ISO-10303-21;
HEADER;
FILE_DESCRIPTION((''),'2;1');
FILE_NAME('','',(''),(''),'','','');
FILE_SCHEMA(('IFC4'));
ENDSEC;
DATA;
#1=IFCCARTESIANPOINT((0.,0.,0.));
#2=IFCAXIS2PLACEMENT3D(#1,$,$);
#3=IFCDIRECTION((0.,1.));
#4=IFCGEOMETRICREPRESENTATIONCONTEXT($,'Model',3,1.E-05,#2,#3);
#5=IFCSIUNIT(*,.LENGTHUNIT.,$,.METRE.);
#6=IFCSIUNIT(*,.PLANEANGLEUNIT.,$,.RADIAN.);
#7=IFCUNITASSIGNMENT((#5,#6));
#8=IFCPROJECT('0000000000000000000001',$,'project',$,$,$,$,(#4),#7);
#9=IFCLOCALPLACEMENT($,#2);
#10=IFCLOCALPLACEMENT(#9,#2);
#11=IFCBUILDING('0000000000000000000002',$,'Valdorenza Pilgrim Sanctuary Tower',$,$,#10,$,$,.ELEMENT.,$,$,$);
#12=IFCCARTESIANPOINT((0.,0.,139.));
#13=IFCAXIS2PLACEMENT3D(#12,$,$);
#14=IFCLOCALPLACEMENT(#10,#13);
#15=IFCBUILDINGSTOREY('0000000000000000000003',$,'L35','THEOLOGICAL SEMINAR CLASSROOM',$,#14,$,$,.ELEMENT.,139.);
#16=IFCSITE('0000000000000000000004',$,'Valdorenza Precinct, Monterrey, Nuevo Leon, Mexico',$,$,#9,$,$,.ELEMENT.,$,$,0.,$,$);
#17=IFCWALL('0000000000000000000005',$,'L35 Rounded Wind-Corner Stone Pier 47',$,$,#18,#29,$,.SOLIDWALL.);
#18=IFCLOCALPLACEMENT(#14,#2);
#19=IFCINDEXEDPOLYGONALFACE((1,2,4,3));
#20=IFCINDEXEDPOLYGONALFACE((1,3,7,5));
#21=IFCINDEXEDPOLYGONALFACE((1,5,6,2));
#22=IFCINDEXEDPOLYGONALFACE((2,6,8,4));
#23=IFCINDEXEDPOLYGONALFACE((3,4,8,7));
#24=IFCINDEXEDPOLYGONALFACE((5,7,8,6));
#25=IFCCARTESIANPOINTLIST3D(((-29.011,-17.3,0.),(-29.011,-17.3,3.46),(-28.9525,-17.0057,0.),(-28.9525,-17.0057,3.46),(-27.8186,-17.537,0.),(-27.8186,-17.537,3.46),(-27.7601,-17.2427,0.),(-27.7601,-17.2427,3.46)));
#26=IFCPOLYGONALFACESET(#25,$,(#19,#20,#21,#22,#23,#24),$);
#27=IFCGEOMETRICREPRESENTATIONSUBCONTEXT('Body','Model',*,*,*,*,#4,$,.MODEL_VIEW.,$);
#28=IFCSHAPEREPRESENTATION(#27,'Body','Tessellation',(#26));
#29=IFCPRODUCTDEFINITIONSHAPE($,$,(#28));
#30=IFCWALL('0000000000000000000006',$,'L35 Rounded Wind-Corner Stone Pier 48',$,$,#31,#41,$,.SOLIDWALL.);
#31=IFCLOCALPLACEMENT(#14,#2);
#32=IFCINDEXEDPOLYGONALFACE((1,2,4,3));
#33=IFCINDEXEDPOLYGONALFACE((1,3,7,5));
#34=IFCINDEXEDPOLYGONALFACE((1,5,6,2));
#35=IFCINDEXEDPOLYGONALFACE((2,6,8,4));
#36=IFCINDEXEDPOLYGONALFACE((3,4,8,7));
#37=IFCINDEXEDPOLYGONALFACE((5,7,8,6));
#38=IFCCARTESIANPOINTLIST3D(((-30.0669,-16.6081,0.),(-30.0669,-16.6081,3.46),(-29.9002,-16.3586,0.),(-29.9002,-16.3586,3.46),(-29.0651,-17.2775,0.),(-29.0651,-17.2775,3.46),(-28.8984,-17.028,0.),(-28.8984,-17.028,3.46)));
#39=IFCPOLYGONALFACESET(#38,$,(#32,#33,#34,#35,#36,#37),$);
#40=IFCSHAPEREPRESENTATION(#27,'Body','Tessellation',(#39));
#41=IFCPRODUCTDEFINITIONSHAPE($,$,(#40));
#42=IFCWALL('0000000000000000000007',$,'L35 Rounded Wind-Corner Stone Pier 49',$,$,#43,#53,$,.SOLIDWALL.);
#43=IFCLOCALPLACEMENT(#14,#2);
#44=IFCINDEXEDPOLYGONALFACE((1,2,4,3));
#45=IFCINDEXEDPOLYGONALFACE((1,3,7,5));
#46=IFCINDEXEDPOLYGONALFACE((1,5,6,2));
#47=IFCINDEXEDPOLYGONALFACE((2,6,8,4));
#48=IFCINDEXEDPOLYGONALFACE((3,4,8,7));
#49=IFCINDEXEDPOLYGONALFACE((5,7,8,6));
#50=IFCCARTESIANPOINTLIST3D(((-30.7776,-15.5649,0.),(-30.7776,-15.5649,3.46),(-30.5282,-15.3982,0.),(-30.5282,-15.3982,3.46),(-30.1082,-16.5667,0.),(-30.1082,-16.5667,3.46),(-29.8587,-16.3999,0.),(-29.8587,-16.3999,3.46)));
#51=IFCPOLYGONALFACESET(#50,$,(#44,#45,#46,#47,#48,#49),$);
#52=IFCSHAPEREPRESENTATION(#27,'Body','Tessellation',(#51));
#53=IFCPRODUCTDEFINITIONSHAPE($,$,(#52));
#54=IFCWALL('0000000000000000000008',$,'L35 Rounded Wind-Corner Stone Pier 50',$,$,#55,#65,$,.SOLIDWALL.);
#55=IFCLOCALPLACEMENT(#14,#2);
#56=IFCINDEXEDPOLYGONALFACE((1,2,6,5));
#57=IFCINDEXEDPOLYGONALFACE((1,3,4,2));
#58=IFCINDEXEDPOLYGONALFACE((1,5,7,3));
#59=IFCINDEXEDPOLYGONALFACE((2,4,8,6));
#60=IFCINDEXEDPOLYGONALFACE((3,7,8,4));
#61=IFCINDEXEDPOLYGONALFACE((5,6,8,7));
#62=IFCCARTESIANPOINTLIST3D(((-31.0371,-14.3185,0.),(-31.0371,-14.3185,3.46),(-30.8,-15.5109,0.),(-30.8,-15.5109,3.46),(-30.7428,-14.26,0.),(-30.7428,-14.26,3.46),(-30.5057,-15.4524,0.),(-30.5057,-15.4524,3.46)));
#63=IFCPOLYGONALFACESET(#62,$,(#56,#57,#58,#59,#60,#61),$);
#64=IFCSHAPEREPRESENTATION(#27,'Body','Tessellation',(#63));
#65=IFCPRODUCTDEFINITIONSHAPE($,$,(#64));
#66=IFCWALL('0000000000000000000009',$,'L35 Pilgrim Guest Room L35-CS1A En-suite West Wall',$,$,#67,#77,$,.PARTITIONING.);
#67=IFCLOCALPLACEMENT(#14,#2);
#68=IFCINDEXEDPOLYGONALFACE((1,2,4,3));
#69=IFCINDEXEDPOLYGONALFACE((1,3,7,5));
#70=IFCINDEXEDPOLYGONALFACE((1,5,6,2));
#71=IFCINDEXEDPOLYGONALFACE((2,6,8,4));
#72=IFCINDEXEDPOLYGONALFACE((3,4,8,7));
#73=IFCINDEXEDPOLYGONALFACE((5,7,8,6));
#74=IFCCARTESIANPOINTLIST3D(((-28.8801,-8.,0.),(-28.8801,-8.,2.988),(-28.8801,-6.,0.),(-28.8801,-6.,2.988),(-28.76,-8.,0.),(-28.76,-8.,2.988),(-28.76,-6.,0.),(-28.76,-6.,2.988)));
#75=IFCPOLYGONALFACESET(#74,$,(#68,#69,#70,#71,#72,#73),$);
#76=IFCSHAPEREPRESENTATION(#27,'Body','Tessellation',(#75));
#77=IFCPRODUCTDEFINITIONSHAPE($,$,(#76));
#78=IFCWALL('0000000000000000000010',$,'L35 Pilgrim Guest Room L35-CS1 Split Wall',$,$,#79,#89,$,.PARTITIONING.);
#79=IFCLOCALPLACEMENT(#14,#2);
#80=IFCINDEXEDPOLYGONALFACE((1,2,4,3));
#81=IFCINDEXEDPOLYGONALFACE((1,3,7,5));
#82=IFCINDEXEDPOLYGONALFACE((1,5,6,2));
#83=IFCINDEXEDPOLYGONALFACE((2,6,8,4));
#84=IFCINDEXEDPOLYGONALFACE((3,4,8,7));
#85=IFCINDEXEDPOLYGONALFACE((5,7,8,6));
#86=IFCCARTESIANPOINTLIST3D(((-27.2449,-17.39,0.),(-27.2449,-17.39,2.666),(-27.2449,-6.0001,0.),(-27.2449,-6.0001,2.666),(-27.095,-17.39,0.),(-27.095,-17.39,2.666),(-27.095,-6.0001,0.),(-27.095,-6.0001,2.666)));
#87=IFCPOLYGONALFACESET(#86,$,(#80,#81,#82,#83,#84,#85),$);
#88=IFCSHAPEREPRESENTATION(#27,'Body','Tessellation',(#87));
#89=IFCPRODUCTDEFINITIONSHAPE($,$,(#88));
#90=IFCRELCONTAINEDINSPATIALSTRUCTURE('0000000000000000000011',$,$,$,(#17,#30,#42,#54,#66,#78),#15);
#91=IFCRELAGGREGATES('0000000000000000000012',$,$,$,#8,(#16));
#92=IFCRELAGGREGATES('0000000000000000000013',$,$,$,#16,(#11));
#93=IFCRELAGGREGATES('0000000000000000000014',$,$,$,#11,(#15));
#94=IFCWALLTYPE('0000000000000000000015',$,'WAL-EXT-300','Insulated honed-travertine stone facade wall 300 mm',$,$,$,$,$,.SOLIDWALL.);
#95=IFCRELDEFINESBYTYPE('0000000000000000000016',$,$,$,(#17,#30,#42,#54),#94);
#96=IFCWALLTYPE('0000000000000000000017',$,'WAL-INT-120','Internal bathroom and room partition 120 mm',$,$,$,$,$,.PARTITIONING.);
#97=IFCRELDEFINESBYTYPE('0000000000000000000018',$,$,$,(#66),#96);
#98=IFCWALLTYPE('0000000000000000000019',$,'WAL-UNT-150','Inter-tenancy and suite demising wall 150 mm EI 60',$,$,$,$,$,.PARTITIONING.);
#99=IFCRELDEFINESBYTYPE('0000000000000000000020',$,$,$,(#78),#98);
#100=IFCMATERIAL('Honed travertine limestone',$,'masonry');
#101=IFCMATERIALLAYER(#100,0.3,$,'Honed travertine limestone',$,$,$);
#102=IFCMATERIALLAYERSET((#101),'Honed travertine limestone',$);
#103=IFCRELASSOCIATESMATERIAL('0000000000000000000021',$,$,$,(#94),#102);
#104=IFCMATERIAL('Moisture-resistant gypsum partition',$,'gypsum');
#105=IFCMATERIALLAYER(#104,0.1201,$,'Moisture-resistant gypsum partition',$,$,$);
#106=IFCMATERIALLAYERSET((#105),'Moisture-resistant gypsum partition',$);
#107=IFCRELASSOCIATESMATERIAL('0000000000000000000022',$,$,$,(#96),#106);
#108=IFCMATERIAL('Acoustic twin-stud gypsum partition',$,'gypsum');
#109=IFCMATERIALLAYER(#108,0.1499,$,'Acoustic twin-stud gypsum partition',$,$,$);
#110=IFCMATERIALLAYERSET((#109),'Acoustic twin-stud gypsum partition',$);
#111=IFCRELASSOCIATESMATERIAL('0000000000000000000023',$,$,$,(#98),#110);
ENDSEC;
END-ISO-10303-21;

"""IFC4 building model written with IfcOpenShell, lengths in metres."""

from ifc_helpers import new_model, si_unit, direction, frame, frame_2d, origin, place, context, subcontext, project, spatial, rectangle, extrude, material, layer, layer_set, type_object, element, save


model = new_model("IFC4")

# Units and contexts
model_context = context("Model", 3, precision=1e-05, world=origin(), true_north=direction((0.0, 1.0)))
body_context = subcontext(model_context, "Body", "Model", "MODEL_VIEW")
ifc_project = project(units=[si_unit("LENGTHUNIT", "METRE"), si_unit("PLANEANGLEUNIT", "RADIAN")], contexts=[model_context])

# Site, building, storey
site_placement = place(None, origin())
site = spatial("IfcSite", under=ifc_project, at=site_placement, Name="Valdorenza Precinct, Monterrey, Nuevo Leon, Mexico", CompositionType="ELEMENT", RefElevation=0.0)
building_placement = place(site_placement, origin())
building = spatial("IfcBuilding", under=site, at=building_placement, Name="Valdorenza Pilgrim Sanctuary Tower", CompositionType="ELEMENT")
storey_placement = place(building_placement, frame((0.0, 0.0, 139.0)))
storey = spatial("IfcBuildingStorey", under=building, at=storey_placement, Name="L35", Description="THEOLOGICAL SEMINAR CLASSROOM", CompositionType="ELEMENT", Elevation=139.0)

# Shared definitions
ifc_material_1 = material(Name="Honed travertine limestone", Category="masonry")

# Shared definitions
ifc_material_2 = material(Name="Acoustic twin-stud gypsum partition", Category="gypsum")

# Walls
ifc_layer_1 = layer(ifc_material_1, 0.3, Name="Honed travertine limestone")
ifc_layer_set_1 = layer_set([ifc_layer_1], Name="Honed travertine limestone")
wall_type_1 = type_object("IfcWallType", Name="WAL-EXT-300", Description="Insulated honed-travertine stone facade wall 300 mm", PredefinedType="SOLIDWALL", material=ifc_layer_set_1)
wall_1_placement = place(storey_placement, frame((-27.7893, -17.3899, 0.0), z_axis=(0.0, 0.0, 1.0), x_axis=(-0.980804, 0.194996, 0.0)))
element("IfcWall", 1, at=wall_1_placement, inside=storey, type_object=wall_type_1, Name="L35 Rounded Wind-Corner Stone Pier 47", PredefinedType="SOLIDWALL", context=body_context, shape_type="SweptSolid", body=[
    extrude(rectangle(XDim=1.2158, YDim=0.3, at=frame_2d((0.6079, 0.0))), origin(), (0.0, 0.0, 1.0), 3.46),
])
for number, where, z_axis, x_axis, name in (
    (2, (-28.9817, -17.1528, 0.0), (0.0, 0.0, 1.0), (-0.831426, 0.555635, 0.0), "L35 Rounded Wind-Corner Stone Pier 48"),
    (3, (-29.9834, -16.4834, 0.0), (0.0, 0.0, 1.0), (-0.555635, 0.831426, 0.0), "L35 Rounded Wind-Corner Stone Pier 49"),
):
    element("IfcWall", number, at=place(storey_placement, frame(where, z_axis=z_axis, x_axis=x_axis)), inside=storey, type_object=wall_type_1, Name=name, PredefinedType="SOLIDWALL", context=body_context, shape_type="SweptSolid", body=[
        extrude(rectangle(XDim=1.2048, YDim=0.3, at=frame_2d((0.6025, 0.0))), origin(), (0.0, 0.0, 1.0), 3.46),
    ])
wall_2_placement = place(storey_placement, frame((-30.6528, -15.4817, 0.0), z_axis=(0.0, 0.0, 1.0), x_axis=(-0.194996, 0.980804, 0.0)))
element("IfcWall", 4, at=wall_2_placement, inside=storey, type_object=wall_type_1, Name="L35 Rounded Wind-Corner Stone Pier 50", PredefinedType="SOLIDWALL", context=body_context, shape_type="SweptSolid", body=[
    extrude(rectangle(XDim=1.2158, YDim=0.3, at=frame_2d((0.6079, 0.0))), origin(), (0.0, 0.0, 1.0), 3.46),
])
ifc_material_3 = material(Name="Moisture-resistant gypsum partition", Category="gypsum")
ifc_layer_2 = layer(ifc_material_3, 0.1201, Name="Moisture-resistant gypsum partition")
ifc_layer_set_2 = layer_set([ifc_layer_2], Name="Moisture-resistant gypsum partition")
wall_type_2 = type_object("IfcWallType", Name="WAL-INT-120", Description="Internal bathroom and room partition 120 mm", PredefinedType="PARTITIONING", material=ifc_layer_set_2)
wall_3_placement = place(storey_placement, frame((-28.8201, -8.0, 0.0), z_axis=(0.0, 0.0, 1.0), x_axis=(0.0, 1.0, 0.0)))
element("IfcWall", 5, at=wall_3_placement, inside=storey, type_object=wall_type_2, Name="L35 Pilgrim Guest Room L35-CS1A En-suite West Wall", PredefinedType="PARTITIONING", context=body_context, shape_type="SweptSolid", body=[
    extrude(rectangle(XDim=2.0, YDim=0.1201, at=frame_2d((1.0, 0.0))), origin(), (0.0, 0.0, 1.0), 2.988),
])
ifc_layer_3 = layer(ifc_material_2, 0.1499, Name="Acoustic twin-stud gypsum partition")
ifc_layer_set_3 = layer_set([ifc_layer_3], Name="Acoustic twin-stud gypsum partition")
wall_type_3 = type_object("IfcWallType", Name="WAL-UNT-150", Description="Inter-tenancy and suite demising wall 150 mm EI 60", PredefinedType="PARTITIONING", material=ifc_layer_set_3)
wall_4_placement = place(storey_placement, frame((-27.1699, -17.3899, 0.0), z_axis=(0.0, 0.0, 1.0), x_axis=(0.0, 1.0, 0.0)))
element("IfcWall", 6, at=wall_4_placement, inside=storey, type_object=wall_type_3, Name="L35 Pilgrim Guest Room L35-CS1 Split Wall", PredefinedType="PARTITIONING", context=body_context, shape_type="SweptSolid", body=[
    extrude(rectangle(XDim=11.3899, YDim=0.1499, at=frame_2d((5.6948, 0.0))), origin(), (0.0, 0.0, 1.0), 2.666),
])

save(model, "model.ifc")
